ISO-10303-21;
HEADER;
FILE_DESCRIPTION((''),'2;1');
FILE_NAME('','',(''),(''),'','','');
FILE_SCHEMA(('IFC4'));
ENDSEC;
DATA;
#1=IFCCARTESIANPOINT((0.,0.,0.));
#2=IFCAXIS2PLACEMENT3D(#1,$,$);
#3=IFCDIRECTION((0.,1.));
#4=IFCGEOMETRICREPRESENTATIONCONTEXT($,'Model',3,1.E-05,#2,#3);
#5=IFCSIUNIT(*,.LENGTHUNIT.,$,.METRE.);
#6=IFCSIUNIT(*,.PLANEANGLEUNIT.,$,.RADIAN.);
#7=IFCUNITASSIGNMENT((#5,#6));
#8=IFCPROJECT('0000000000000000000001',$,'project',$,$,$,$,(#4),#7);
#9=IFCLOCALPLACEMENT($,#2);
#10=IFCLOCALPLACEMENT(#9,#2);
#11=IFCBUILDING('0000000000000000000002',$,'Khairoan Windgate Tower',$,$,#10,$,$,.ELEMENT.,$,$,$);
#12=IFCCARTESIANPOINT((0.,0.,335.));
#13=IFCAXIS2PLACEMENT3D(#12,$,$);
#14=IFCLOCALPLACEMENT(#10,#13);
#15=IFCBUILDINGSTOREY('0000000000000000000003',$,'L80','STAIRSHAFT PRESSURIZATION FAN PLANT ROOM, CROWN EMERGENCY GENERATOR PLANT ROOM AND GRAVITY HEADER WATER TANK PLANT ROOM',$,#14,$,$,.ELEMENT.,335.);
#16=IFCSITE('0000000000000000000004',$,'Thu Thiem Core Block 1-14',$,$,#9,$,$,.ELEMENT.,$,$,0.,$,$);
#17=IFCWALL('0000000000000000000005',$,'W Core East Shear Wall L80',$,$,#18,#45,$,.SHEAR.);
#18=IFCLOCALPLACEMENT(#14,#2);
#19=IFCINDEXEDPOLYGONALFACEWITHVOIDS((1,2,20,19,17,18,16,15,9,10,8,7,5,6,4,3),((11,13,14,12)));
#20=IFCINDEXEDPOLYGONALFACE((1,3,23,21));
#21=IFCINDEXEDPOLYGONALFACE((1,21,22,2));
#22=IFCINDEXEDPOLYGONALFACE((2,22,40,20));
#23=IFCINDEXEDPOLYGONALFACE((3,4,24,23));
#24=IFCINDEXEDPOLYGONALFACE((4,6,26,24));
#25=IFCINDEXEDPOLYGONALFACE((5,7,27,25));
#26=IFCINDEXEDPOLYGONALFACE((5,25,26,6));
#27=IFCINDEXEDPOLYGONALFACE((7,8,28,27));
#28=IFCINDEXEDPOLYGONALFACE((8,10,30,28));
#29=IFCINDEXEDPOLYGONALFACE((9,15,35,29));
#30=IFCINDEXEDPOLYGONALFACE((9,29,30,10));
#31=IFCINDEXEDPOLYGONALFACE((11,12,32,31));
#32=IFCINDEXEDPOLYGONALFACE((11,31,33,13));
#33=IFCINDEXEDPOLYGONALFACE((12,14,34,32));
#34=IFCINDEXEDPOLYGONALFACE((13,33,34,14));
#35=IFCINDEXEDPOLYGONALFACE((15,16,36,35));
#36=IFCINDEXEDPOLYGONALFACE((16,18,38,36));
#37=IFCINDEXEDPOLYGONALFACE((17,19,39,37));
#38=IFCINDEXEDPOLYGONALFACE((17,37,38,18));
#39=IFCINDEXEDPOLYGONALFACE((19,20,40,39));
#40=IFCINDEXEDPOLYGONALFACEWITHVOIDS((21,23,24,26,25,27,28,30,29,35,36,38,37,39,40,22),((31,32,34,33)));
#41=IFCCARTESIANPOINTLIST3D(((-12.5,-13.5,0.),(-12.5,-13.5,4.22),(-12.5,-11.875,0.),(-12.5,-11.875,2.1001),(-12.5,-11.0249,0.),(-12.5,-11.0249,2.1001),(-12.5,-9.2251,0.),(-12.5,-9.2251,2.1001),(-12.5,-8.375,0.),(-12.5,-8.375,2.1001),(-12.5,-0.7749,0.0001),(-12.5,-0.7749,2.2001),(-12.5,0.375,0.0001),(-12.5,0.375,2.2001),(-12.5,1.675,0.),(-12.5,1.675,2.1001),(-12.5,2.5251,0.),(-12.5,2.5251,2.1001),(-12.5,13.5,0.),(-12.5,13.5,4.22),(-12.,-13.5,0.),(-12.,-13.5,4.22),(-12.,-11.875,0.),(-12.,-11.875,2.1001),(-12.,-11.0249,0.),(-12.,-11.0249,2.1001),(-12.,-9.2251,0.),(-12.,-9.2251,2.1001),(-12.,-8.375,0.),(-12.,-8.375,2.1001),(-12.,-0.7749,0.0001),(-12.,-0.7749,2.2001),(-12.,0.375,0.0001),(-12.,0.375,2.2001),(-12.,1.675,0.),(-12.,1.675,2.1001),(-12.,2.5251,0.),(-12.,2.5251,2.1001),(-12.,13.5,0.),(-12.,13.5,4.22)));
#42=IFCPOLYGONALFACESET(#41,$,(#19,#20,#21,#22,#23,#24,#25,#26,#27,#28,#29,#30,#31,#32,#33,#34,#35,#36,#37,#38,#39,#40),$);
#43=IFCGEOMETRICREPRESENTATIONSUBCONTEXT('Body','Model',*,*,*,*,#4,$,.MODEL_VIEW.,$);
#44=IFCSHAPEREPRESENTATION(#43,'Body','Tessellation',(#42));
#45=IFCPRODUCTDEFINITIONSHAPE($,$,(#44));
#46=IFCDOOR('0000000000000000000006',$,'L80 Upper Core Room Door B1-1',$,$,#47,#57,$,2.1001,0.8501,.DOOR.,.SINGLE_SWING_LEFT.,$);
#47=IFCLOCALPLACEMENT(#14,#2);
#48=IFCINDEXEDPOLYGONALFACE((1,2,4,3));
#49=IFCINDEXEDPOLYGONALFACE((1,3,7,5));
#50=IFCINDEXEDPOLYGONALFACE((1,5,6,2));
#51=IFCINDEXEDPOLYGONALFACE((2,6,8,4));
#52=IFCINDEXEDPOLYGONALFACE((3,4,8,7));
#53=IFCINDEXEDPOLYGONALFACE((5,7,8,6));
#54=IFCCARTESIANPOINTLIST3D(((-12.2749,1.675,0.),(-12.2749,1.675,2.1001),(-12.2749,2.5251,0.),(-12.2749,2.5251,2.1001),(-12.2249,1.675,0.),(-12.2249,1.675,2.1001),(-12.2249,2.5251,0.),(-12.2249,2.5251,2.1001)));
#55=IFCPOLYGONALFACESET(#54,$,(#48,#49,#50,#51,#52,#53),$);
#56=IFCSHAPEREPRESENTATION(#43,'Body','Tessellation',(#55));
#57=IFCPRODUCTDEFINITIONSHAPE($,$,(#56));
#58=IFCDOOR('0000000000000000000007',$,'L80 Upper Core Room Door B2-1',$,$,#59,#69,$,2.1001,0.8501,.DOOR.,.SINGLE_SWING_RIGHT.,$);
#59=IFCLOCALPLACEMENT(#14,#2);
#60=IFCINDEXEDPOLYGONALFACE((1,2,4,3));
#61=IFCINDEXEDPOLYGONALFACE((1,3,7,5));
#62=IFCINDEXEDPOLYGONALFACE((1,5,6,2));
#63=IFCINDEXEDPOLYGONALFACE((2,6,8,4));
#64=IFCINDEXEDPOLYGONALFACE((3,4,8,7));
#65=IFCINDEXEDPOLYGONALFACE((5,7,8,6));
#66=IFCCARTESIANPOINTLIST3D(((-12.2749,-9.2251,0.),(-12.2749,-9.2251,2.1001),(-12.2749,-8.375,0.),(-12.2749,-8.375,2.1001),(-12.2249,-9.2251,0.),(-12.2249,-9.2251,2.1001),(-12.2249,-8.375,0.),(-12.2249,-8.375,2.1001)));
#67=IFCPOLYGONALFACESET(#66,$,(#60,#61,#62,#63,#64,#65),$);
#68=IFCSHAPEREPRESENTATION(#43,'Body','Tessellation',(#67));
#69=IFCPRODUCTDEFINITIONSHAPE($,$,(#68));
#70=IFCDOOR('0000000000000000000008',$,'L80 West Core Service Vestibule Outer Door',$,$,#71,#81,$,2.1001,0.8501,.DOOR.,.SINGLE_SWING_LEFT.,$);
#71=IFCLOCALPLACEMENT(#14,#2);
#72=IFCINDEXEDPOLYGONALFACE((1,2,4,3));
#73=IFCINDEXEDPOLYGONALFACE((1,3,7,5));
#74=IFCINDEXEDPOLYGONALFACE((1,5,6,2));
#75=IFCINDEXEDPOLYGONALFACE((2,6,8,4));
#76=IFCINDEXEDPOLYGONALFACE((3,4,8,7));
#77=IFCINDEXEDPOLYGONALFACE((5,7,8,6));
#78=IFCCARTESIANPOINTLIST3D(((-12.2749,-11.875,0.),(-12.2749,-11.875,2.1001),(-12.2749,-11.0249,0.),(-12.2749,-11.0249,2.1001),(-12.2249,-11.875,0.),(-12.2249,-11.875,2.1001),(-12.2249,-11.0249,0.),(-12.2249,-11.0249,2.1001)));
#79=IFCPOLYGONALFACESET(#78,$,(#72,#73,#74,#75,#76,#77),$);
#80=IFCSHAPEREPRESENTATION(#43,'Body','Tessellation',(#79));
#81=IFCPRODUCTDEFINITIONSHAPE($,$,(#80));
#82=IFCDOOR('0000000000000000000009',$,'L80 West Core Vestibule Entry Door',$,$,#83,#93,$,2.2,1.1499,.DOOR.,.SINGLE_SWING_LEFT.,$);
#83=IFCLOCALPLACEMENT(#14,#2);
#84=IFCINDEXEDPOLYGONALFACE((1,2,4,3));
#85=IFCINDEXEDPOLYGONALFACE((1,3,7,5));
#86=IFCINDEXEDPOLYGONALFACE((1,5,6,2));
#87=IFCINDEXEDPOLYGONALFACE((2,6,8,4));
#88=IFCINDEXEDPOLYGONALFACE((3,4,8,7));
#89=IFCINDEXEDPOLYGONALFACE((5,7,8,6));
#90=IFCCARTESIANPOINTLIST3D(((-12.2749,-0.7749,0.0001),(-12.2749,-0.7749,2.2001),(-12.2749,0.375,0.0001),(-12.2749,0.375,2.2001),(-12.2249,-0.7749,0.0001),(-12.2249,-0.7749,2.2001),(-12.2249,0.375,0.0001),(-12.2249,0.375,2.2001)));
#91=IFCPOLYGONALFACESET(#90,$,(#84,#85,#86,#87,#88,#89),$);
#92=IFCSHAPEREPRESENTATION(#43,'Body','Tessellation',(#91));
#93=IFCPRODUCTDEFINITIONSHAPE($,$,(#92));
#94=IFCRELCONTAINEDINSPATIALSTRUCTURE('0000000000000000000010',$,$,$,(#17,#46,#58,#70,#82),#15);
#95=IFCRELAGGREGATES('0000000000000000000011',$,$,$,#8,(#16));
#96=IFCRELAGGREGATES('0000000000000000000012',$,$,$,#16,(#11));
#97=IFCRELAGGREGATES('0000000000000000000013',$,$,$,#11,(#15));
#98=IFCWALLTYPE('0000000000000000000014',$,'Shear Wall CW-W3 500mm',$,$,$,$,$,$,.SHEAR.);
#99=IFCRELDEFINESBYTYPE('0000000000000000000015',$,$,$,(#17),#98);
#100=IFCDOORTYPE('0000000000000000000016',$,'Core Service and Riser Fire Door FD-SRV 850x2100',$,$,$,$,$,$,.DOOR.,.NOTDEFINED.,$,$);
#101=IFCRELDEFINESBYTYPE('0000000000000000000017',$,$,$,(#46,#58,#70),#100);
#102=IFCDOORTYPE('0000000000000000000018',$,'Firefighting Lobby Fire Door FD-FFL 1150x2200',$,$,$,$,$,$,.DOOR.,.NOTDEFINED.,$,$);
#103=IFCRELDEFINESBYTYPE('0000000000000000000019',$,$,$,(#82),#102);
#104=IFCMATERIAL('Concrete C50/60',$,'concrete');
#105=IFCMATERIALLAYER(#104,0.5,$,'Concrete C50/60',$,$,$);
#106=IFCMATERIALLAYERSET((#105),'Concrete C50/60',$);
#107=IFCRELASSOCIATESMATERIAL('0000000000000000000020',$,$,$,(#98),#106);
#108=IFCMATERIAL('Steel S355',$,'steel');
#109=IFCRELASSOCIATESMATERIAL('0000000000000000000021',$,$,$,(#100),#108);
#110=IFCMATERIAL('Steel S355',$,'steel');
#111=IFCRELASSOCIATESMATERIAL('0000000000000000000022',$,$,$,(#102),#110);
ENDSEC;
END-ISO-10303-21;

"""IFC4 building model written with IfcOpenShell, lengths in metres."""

from ifc_helpers import new_model, si_unit, direction, frame, frame_2d, origin, place, context, subcontext, project, spatial, rectangle, extrude, material, layer, layer_set, type_object, element, fill, save


model = new_model("IFC4")

# Units and contexts
model_context = context("Model", 3, precision=1e-05, world=origin(), true_north=direction((0.0, 1.0)))
body_context = subcontext(model_context, "Body", "Model", "MODEL_VIEW")
ifc_project = project(units=[si_unit("LENGTHUNIT", "METRE"), si_unit("PLANEANGLEUNIT", "RADIAN")], contexts=[model_context])

# Site, building, storey
site_placement = place(None, origin())
site = spatial("IfcSite", under=ifc_project, at=site_placement, Name="Thu Thiem Core Block 1-14", CompositionType="ELEMENT", RefElevation=0.0)
building_placement = place(site_placement, origin())
building = spatial("IfcBuilding", under=site, at=building_placement, Name="Khairoan Windgate Tower", CompositionType="ELEMENT")
storey_placement = place(building_placement, frame((0.0, 0.0, 335.0)))
storey = spatial("IfcBuildingStorey", under=building, at=storey_placement, Name="L80", Description="STAIRSHAFT PRESSURIZATION FAN PLANT ROOM, CROWN EMERGENCY GENERATOR PLANT ROOM AND GRAVITY HEADER WATER TANK PLANT ROOM", CompositionType="ELEMENT", Elevation=335.0)

# Wall, openings, doors
ifc_material_1 = material(Name="Concrete C50/60", Category="concrete")
ifc_layer = layer(ifc_material_1, 0.5, Name="Concrete C50/60")
ifc_layer_set = layer_set([ifc_layer], Name="Concrete C50/60")
wall_type = type_object("IfcWallType", Name="Shear Wall CW-W3 500mm", PredefinedType="SHEAR", material=ifc_layer_set)
wall_placement = place(storey_placement, frame((-12.25, -13.5, 0.0), z_axis=(0.0, 0.0, 1.0), x_axis=(0.0, 1.0, 0.0)))
wall = element("IfcWall", 1, at=wall_placement, inside=storey, type_object=wall_type, Name="W Core East Shear Wall L80", PredefinedType="SHEAR", context=body_context, shape_type="SweptSolid", body=[
    extrude(rectangle(XDim=27.0, YDim=0.5, at=frame_2d((13.5, 0.0))), origin(), (0.0, 0.0, 1.0), 4.22),
])
opening_1_placement = place(wall_placement, frame((15.175, 0.0, 0.0)))
opening_1 = element("IfcOpeningElement", 2, at=opening_1_placement, cuts=wall, PredefinedType="OPENING", context=body_context, shape_type="SweptSolid", body=[
    extrude(rectangle(XDim=0.8501, YDim=2.1001, at=frame_2d((0.425, 1.05))), frame((0.0, 0.26, 0.0), z_axis=(0.0, -1.0, 0.0), x_axis=(1.0, 0.0, 0.0)), (0.0, 0.0, 1.0), 0.52),
])
opening_2_placement = place(wall_placement, frame((4.2749, 0.0, 0.0)))
opening_2 = element("IfcOpeningElement", 3, at=opening_2_placement, cuts=wall, PredefinedType="OPENING", context=body_context, shape_type="SweptSolid", body=[
    extrude(rectangle(XDim=0.8501, YDim=2.1001, at=frame_2d((0.425, 1.05))), frame((0.0, 0.26, 0.0), z_axis=(0.0, -1.0, 0.0), x_axis=(1.0, 0.0, 0.0)), (0.0, 0.0, 1.0), 0.52),
])
opening_3_placement = place(wall_placement, frame((12.7251, 0.0, 0.0)))
opening_3 = element("IfcOpeningElement", 4, at=opening_3_placement, cuts=wall, PredefinedType="OPENING", context=body_context, shape_type="SweptSolid", body=[
    extrude(rectangle(XDim=1.1499, YDim=2.2, at=frame_2d((0.575, 1.1001))), frame((0.0, 0.26, 0.0), z_axis=(0.0, -1.0, 0.0), x_axis=(1.0, 0.0, 0.0)), (0.0, 0.0, 1.0), 0.52),
])
opening_4_placement = place(wall_placement, frame((1.625, 0.0, 0.0)))
opening_4 = element("IfcOpeningElement", 5, at=opening_4_placement, cuts=wall, PredefinedType="OPENING", context=body_context, shape_type="SweptSolid", body=[
    extrude(rectangle(XDim=0.8501, YDim=2.1001, at=frame_2d((0.425, 1.05))), frame((0.0, 0.26, 0.0), z_axis=(0.0, -1.0, 0.0), x_axis=(1.0, 0.0, 0.0)), (0.0, 0.0, 1.0), 0.52),
])
ifc_material_2 = material(Name="Steel S355", Category="steel")
door_type_1 = type_object("IfcDoorType", Name="Core Service and Riser Fire Door FD-SRV 850x2100", OperationType="NOTDEFINED", PredefinedType="DOOR", material=ifc_material_2)
door_1_placement = place(opening_1_placement, origin())
door_1 = element("IfcDoor", 6, at=door_1_placement, inside=storey, type_object=door_type_1, Name="L80 Upper Core Room Door B1-1", OperationType="SINGLE_SWING_LEFT", OverallHeight=2.1001, OverallWidth=0.8501, PredefinedType="DOOR", context=body_context, shape_type="SweptSolid", body=[
    extrude(rectangle(XDim=0.8501, YDim=2.1001, at=frame_2d((0.425, 1.05))), frame((0.0, 0.0249, 0.0), z_axis=(0.0, -1.0, 0.0), x_axis=(1.0, 0.0, 0.0)), (0.0, 0.0, 1.0), 0.05),
])
fill(opening_1, door_1)
door_2_placement = place(opening_2_placement, origin())
door_2 = element("IfcDoor", 7, at=door_2_placement, inside=storey, type_object=door_type_1, Name="L80 Upper Core Room Door B2-1", OperationType="SINGLE_SWING_RIGHT", OverallHeight=2.1001, OverallWidth=0.8501, PredefinedType="DOOR", context=body_context, shape_type="SweptSolid", body=[
    extrude(rectangle(XDim=0.8501, YDim=2.1001, at=frame_2d((0.425, 1.05))), frame((0.0, 0.0249, 0.0), z_axis=(0.0, -1.0, 0.0), x_axis=(1.0, 0.0, 0.0)), (0.0, 0.0, 1.0), 0.05),
])
fill(opening_2, door_2)
door_3_placement = place(opening_4_placement, origin())
door_3 = element("IfcDoor", 8, at=door_3_placement, inside=storey, type_object=door_type_1, Name="L80 West Core Service Vestibule Outer Door", OperationType="SINGLE_SWING_LEFT", OverallHeight=2.1001, OverallWidth=0.8501, PredefinedType="DOOR", context=body_context, shape_type="SweptSolid", body=[
    extrude(rectangle(XDim=0.8501, YDim=2.1001, at=frame_2d((0.425, 1.05))), frame((0.0, 0.0249, 0.0), z_axis=(0.0, -1.0, 0.0), x_axis=(1.0, 0.0, 0.0)), (0.0, 0.0, 1.0), 0.05),
])
fill(opening_4, door_3)
ifc_material_3 = material(Name="Steel S355", Category="steel")
door_type_2 = type_object("IfcDoorType", Name="Firefighting Lobby Fire Door FD-FFL 1150x2200", OperationType="NOTDEFINED", PredefinedType="DOOR", material=ifc_material_3)
door_4_placement = place(opening_3_placement, origin())
door_4 = element("IfcDoor", 9, at=door_4_placement, inside=storey, type_object=door_type_2, Name="L80 West Core Vestibule Entry Door", OperationType="SINGLE_SWING_LEFT", OverallHeight=2.2, OverallWidth=1.1499, PredefinedType="DOOR", context=body_context, shape_type="SweptSolid", body=[
    extrude(rectangle(XDim=1.1499, YDim=2.2, at=frame_2d((0.575, 1.1001))), frame((0.0, 0.0249, 0.0), z_axis=(0.0, -1.0, 0.0), x_axis=(1.0, 0.0, 0.0)), (0.0, 0.0, 1.0), 0.05),
])
fill(opening_3, door_4)

save(model, "model.ifc")
